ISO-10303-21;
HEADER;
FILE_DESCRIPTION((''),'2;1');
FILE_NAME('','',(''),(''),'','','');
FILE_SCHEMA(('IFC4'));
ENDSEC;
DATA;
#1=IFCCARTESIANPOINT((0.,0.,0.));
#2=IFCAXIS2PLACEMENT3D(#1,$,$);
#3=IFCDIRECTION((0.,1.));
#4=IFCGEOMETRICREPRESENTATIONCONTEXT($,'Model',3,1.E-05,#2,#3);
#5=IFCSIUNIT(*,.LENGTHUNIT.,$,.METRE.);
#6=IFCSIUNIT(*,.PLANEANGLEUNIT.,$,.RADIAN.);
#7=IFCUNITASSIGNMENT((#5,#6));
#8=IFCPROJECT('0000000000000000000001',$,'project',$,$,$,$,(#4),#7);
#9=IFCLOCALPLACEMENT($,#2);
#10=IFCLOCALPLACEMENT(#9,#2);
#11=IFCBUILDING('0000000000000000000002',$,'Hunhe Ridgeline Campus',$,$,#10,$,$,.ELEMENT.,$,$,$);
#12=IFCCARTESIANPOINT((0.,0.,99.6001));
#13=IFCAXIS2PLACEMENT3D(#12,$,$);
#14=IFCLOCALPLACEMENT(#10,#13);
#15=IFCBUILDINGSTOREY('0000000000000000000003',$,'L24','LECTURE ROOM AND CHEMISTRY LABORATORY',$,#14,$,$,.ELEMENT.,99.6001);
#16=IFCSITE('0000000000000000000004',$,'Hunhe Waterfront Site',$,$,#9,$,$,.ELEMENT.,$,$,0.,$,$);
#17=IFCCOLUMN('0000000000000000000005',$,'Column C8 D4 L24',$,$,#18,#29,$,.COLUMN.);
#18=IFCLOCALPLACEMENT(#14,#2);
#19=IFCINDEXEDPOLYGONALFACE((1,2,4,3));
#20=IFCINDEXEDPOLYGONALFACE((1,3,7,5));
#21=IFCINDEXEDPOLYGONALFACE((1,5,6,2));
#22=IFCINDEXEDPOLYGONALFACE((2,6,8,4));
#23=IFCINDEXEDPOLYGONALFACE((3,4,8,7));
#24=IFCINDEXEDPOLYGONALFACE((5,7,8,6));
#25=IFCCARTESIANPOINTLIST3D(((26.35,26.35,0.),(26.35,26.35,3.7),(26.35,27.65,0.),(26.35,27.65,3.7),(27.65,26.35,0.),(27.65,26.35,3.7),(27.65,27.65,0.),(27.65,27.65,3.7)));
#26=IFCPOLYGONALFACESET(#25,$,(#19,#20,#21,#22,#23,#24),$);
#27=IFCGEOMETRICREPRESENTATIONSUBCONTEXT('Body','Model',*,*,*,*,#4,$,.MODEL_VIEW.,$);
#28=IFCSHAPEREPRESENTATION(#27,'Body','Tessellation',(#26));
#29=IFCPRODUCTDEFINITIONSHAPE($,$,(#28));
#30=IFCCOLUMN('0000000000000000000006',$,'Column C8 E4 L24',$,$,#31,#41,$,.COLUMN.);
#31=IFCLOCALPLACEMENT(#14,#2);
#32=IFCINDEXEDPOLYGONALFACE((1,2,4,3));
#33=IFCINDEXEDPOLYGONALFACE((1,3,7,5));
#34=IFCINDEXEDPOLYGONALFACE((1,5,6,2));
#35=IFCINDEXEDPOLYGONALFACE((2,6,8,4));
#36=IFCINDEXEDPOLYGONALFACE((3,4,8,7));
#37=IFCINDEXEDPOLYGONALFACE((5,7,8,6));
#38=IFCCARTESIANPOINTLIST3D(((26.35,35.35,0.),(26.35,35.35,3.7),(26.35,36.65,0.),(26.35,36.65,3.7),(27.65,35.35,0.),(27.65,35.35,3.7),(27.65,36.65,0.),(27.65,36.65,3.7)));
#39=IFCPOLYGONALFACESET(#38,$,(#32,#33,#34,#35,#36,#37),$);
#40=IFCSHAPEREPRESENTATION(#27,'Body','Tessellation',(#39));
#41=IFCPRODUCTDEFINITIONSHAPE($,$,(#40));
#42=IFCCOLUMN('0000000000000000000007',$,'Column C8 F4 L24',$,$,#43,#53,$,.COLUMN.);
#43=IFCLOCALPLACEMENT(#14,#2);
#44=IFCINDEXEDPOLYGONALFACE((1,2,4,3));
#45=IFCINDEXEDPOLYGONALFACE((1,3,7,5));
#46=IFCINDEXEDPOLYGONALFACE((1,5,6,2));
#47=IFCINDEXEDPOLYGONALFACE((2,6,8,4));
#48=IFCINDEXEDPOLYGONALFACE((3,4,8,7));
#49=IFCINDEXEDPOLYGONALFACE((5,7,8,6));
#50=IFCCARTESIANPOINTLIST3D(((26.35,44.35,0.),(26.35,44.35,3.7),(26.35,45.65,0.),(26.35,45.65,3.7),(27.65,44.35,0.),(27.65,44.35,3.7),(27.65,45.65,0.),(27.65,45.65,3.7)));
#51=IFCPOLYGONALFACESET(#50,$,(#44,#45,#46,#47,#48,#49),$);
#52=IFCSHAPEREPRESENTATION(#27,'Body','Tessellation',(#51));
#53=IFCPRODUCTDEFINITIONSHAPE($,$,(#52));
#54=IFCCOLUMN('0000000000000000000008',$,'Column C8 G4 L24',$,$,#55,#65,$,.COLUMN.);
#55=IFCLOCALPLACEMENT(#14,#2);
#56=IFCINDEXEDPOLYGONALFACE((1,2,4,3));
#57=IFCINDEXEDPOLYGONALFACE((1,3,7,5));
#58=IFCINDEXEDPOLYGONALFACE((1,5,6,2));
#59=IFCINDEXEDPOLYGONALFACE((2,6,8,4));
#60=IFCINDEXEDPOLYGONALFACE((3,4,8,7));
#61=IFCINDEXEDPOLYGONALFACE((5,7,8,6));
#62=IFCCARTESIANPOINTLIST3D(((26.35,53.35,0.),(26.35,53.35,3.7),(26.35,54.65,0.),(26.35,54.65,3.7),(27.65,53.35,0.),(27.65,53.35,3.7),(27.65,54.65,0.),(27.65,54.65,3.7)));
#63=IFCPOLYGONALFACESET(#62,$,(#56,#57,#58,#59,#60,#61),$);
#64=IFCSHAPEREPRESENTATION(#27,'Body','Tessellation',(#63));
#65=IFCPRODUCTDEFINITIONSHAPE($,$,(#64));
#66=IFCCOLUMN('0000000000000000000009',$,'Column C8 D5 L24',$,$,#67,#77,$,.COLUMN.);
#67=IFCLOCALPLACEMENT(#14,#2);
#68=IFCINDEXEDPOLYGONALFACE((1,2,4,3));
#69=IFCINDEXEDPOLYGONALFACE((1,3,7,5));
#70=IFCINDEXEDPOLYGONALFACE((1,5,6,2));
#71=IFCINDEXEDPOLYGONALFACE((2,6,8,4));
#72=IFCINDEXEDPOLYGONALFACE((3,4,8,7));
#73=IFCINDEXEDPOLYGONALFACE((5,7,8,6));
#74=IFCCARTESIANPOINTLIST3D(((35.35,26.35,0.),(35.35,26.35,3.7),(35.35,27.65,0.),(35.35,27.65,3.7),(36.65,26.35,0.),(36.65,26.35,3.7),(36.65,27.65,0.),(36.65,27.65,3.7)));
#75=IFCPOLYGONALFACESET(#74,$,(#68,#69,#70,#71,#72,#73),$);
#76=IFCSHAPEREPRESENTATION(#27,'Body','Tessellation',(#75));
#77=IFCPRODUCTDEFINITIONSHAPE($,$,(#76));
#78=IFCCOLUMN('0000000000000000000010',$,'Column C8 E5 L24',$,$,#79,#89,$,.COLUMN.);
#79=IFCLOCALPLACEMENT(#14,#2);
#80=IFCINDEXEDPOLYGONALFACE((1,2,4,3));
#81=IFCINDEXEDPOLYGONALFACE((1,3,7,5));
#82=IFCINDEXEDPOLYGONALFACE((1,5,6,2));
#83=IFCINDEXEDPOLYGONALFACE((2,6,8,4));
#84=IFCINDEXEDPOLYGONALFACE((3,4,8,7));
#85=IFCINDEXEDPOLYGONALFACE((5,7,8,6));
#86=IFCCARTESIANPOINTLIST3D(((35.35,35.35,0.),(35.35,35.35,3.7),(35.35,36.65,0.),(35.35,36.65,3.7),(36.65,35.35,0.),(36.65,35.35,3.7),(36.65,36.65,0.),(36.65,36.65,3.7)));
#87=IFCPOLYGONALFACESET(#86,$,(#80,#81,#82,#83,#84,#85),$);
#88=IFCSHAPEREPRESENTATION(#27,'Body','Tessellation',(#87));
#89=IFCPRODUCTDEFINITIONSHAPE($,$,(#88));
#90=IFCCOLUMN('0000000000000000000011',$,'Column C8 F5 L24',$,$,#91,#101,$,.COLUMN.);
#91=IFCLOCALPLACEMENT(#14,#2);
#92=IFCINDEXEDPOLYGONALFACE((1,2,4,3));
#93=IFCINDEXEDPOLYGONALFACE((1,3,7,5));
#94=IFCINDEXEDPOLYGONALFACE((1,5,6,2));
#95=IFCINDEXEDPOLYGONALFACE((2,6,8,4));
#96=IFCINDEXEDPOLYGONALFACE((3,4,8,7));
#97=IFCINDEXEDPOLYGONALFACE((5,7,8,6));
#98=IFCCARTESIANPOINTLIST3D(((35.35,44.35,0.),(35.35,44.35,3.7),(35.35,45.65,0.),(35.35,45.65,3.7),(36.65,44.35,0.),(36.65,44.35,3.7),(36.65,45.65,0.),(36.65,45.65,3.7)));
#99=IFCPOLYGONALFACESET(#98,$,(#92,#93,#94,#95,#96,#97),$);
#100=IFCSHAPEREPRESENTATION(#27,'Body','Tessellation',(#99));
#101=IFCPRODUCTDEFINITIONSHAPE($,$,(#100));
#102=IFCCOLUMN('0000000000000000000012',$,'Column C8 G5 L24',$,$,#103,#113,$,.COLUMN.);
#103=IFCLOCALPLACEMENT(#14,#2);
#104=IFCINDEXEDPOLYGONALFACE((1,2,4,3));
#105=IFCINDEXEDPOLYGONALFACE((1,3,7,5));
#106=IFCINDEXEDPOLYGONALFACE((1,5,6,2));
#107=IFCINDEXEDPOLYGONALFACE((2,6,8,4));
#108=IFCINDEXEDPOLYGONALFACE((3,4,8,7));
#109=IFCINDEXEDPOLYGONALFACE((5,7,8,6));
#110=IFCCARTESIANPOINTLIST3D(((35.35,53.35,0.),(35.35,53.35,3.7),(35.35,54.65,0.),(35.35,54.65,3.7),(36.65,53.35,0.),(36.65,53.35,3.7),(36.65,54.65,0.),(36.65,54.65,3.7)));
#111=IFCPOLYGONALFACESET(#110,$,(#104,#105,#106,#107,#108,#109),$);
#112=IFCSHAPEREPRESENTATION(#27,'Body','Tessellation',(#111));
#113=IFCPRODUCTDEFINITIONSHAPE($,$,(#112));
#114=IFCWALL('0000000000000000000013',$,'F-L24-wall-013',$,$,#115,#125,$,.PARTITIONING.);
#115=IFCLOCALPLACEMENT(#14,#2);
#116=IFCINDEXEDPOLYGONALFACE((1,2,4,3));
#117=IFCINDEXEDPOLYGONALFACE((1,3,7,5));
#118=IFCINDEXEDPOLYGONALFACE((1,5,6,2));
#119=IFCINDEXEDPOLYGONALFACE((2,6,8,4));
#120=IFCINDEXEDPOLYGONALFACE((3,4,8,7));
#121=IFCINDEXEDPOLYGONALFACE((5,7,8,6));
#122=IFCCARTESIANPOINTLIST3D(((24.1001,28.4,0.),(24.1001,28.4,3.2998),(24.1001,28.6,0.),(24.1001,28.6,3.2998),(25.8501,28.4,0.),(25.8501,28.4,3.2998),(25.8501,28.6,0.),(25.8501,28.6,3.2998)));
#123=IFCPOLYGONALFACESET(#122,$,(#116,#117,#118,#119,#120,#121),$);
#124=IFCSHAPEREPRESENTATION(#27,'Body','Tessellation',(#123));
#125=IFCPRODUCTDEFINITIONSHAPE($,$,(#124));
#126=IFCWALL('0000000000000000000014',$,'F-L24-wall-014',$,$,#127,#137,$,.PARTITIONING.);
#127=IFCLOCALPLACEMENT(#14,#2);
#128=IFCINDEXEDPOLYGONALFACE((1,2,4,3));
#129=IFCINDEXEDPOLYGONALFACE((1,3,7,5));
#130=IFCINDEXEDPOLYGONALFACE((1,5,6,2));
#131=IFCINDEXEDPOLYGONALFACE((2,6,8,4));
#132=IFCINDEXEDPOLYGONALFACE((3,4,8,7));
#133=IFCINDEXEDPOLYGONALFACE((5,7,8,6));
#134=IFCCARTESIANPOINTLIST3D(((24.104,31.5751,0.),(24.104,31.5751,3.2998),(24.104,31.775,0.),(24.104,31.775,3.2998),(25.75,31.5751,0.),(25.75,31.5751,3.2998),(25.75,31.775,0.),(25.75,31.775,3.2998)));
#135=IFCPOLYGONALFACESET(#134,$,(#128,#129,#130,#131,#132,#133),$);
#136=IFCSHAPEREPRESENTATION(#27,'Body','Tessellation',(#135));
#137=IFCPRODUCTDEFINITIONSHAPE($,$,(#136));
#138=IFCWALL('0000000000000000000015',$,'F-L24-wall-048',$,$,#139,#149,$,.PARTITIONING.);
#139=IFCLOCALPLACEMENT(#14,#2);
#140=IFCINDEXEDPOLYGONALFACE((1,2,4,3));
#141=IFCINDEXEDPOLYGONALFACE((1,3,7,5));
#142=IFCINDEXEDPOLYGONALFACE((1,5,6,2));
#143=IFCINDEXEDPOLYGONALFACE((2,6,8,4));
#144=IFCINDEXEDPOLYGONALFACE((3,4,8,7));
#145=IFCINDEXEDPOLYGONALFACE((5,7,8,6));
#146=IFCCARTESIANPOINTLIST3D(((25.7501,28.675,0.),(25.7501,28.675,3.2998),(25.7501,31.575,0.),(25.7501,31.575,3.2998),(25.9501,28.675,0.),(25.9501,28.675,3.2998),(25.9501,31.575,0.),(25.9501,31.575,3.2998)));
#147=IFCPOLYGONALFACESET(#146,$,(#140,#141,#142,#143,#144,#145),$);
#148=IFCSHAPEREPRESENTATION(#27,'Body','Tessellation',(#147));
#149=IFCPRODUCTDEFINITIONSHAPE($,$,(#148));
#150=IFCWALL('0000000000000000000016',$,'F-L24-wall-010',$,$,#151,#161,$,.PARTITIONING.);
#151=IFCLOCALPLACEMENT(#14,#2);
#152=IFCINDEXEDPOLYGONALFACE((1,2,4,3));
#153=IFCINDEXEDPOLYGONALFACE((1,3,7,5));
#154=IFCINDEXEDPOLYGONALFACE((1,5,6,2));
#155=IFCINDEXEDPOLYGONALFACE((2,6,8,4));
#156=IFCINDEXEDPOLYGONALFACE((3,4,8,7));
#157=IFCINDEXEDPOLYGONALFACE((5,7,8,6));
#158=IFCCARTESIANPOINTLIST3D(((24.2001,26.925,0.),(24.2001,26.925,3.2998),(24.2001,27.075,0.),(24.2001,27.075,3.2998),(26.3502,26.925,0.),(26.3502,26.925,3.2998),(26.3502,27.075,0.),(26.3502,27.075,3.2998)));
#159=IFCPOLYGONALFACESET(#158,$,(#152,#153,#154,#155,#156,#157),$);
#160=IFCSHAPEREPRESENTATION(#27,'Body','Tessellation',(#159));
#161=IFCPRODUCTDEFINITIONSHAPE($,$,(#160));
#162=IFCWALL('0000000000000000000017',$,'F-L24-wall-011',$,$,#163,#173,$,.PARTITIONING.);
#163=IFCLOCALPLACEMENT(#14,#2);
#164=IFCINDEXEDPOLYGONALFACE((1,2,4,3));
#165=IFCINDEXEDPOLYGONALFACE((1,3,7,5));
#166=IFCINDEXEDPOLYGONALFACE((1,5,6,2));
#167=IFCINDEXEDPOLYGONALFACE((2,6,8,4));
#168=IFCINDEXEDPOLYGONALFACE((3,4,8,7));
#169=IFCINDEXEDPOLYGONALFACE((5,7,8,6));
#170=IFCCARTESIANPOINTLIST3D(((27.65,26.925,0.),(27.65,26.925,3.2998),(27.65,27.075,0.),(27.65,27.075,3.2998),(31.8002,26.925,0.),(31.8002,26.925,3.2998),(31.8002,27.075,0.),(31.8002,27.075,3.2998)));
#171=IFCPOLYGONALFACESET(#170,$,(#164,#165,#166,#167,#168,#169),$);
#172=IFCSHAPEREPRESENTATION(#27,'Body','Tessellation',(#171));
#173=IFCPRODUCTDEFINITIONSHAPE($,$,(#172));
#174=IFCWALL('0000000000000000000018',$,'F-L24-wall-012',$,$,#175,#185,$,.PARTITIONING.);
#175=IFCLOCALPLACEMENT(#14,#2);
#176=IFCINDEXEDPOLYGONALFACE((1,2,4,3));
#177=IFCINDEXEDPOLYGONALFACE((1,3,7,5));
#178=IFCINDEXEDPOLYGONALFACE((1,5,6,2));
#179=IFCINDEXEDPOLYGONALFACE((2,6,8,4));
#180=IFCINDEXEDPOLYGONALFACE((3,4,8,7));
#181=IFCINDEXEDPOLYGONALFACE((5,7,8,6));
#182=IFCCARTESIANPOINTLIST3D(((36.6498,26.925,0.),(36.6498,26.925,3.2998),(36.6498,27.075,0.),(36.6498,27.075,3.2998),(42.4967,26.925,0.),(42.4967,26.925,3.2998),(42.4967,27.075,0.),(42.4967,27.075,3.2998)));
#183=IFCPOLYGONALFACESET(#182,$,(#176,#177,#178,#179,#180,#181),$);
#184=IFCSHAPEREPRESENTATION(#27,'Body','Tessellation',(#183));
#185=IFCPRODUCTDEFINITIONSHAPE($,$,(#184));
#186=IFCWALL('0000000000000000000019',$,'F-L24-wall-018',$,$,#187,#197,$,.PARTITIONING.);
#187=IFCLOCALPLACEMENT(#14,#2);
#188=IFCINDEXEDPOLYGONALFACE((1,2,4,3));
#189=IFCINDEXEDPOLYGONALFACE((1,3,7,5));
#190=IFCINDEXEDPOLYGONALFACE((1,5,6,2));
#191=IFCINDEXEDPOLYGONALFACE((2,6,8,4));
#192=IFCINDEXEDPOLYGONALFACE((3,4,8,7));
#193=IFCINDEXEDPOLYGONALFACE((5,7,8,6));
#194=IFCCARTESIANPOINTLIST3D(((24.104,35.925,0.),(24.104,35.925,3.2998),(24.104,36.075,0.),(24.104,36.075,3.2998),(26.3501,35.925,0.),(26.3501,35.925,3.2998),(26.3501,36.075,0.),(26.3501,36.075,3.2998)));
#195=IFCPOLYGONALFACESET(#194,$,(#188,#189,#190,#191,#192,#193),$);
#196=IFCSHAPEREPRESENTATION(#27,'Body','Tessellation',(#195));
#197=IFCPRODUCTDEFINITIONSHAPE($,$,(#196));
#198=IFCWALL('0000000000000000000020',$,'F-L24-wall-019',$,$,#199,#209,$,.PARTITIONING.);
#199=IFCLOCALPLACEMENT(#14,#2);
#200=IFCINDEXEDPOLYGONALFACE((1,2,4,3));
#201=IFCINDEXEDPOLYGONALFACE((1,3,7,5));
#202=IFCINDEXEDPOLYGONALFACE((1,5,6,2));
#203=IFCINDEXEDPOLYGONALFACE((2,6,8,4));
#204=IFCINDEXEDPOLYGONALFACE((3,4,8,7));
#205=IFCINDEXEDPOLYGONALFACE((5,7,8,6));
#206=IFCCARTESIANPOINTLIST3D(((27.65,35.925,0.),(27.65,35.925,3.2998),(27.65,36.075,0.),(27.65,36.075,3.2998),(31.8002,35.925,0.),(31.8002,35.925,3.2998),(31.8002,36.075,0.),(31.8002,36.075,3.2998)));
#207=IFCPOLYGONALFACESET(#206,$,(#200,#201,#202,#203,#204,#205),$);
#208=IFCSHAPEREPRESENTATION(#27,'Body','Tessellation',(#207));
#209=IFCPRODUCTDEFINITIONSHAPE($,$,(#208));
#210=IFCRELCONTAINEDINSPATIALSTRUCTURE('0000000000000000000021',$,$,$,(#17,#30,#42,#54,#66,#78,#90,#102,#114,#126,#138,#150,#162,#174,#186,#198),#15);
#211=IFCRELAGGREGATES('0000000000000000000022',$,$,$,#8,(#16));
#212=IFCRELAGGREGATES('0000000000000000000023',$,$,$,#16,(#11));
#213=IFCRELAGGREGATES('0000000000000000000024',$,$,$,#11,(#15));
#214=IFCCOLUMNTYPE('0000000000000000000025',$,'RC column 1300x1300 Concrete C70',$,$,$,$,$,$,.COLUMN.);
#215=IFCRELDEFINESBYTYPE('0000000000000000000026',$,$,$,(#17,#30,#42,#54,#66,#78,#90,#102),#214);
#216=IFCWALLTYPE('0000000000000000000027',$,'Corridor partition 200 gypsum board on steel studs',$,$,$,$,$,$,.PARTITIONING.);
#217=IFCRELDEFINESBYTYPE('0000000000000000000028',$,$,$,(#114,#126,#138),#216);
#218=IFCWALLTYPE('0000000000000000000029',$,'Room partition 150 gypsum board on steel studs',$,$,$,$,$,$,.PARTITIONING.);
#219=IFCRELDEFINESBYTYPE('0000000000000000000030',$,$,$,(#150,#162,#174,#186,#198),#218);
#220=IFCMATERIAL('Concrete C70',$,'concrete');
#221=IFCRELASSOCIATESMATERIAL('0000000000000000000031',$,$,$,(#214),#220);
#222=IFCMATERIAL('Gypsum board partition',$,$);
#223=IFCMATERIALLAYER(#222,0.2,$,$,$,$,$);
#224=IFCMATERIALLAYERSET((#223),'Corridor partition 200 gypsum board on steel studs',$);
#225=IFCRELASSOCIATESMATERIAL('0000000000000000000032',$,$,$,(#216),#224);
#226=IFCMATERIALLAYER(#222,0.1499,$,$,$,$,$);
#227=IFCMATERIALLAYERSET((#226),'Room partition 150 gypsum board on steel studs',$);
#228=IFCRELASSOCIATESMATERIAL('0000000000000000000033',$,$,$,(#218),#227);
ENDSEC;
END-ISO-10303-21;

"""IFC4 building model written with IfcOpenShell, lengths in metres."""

from ifc_helpers import new_model, si_unit, direction, frame, frame_2d, origin, origin_2d, place, context, subcontext, project, spatial, rectangle, extrude, material, layer, layer_set, material_profile, profile_set, type_object, element, save


model = new_model("IFC4")

# Units and contexts
model_context = context("Model", 3, precision=1e-05, world=origin(), true_north=direction((0.0, 1.0)))
body_context = subcontext(model_context, "Body", "Model", "MODEL_VIEW")
ifc_project = project(units=[si_unit("LENGTHUNIT", "METRE"), si_unit("PLANEANGLEUNIT", "RADIAN")], contexts=[model_context])

# Site, building, storey
site_placement = place(None, origin())
site = spatial("IfcSite", under=ifc_project, at=site_placement, Name="Hunhe Waterfront Site", CompositionType="ELEMENT", RefElevation=0.0)
building_placement = place(site_placement, origin())
building = spatial("IfcBuilding", under=site, at=building_placement, Name="Hunhe Ridgeline Campus", CompositionType="ELEMENT")
storey_placement = place(building_placement, frame((0.0, 0.0, 99.6001)))
storey = spatial("IfcBuildingStorey", under=building, at=storey_placement, Name="L24", Description="LECTURE ROOM AND CHEMISTRY LABORATORY", CompositionType="ELEMENT", Elevation=99.6001)

# Columns
ifc_material_1 = material(Name="Concrete C70", Category="concrete")
ifc_material_profile = material_profile(ifc_material_1, rectangle(XDim=1.3, YDim=1.3, at=origin_2d()))
ifc_profile_set = profile_set([ifc_material_profile], Name="Concrete C70")
column_type = type_object("IfcColumnType", Name="RC column 1300x1300 Concrete C70", PredefinedType="COLUMN", material=ifc_profile_set)
for number, where, z_axis, x_axis, name in (
    (1, (27.0, 27.0, 0.0), (0.0, 0.0, 1.0), (1.0, 0.0, 0.0), "Column C8 D4 L24"),
    (2, (27.0, 36.0, 0.0), (0.0, 0.0, 1.0), (1.0, 0.0, 0.0), "Column C8 E4 L24"),
    (3, (27.0, 45.0, 0.0), (0.0, 0.0, 1.0), (1.0, 0.0, 0.0), "Column C8 F4 L24"),
    (4, (27.0, 54.0, 0.0), (0.0, 0.0, 1.0), (1.0, 0.0, 0.0), "Column C8 G4 L24"),
    (5, (36.0, 27.0, 0.0), (0.0, 0.0, 1.0), (1.0, 0.0, 0.0), "Column C8 D5 L24"),
    (6, (36.0, 36.0, 0.0), (0.0, 0.0, 1.0), (1.0, 0.0, 0.0), "Column C8 E5 L24"),
    (7, (36.0, 45.0, 0.0), (0.0, 0.0, 1.0), (1.0, 0.0, 0.0), "Column C8 F5 L24"),
    (8, (36.0, 54.0, 0.0), (0.0, 0.0, 1.0), (1.0, 0.0, 0.0), "Column C8 G5 L24"),
):
    element("IfcColumn", number, at=place(storey_placement, frame(where, z_axis=z_axis, x_axis=x_axis)), inside=storey, type_object=column_type, Name=name, PredefinedType="COLUMN", context=body_context, shape_type="SweptSolid", body=[
        extrude(rectangle(XDim=1.3, YDim=1.3, at=origin_2d()), origin(), (0.0, 0.0, 1.0), 3.7),
    ])

# Walls
ifc_material_2 = material(Name="Gypsum board partition")
ifc_layer_1 = layer(ifc_material_2, 0.2)
ifc_layer_set_1 = layer_set([ifc_layer_1], Name="Corridor partition 200 gypsum board on steel studs")
wall_type_1 = type_object("IfcWallType", Name="Corridor partition 200 gypsum board on steel studs", PredefinedType="PARTITIONING", material=ifc_layer_set_1)
wall_1_placement = place(storey_placement, frame((25.8501, 28.5, 0.0), z_axis=(0.0, 0.0, 1.0), x_axis=(-1.0, 0.0, 0.0)))
element("IfcWall", 9, at=wall_1_placement, inside=storey, type_object=wall_type_1, Name="F-L24-wall-013", PredefinedType="PARTITIONING", context=body_context, shape_type="SweptSolid", body=[
    extrude(rectangle(XDim=1.75, YDim=0.2, at=frame_2d((0.875, 0.0))), origin(), (0.0, 0.0, 1.0), 3.2998),
])
wall_2_placement = place(storey_placement, frame((24.104, 31.675, 0.0), z_axis=(0.0, 0.0, 1.0), x_axis=(1.0, 0.0, 0.0)))
element("IfcWall", 10, at=wall_2_placement, inside=storey, type_object=wall_type_1, Name="F-L24-wall-014", PredefinedType="PARTITIONING", context=body_context, shape_type="SweptSolid", body=[
    extrude(rectangle(XDim=1.646, YDim=0.2, at=frame_2d((0.823, 0.0))), origin(), (0.0, 0.0, 1.0), 3.2998),
])

# Walls
wall_3_placement = place(storey_placement, frame((25.8501, 31.575, 0.0), z_axis=(0.0, 0.0, 1.0), x_axis=(0.0, -1.0, 0.0)))
element("IfcWall", 11, at=wall_3_placement, inside=storey, type_object=wall_type_1, Name="F-L24-wall-048", PredefinedType="PARTITIONING", context=body_context, shape_type="SweptSolid", body=[
    extrude(rectangle(XDim=2.8999, YDim=0.2, at=frame_2d((1.45, 0.0))), origin(), (0.0, 0.0, 1.0), 3.2998),
])
ifc_layer_2 = layer(ifc_material_2, 0.1499)
ifc_layer_set_2 = layer_set([ifc_layer_2], Name="Room partition 150 gypsum board on steel studs")
wall_type_2 = type_object("IfcWallType", Name="Room partition 150 gypsum board on steel studs", PredefinedType="PARTITIONING", material=ifc_layer_set_2)
wall_4_placement = place(storey_placement, frame((24.2, 27.0, 0.0), z_axis=(0.0, 0.0, 1.0), x_axis=(1.0, 0.0, 0.0)))
element("IfcWall", 12, at=wall_4_placement, inside=storey, type_object=wall_type_2, Name="F-L24-wall-010", PredefinedType="PARTITIONING", context=body_context, shape_type="SweptSolid", body=[
    extrude(rectangle(XDim=2.1501, YDim=0.1499, at=frame_2d((1.0752, 0.0))), origin(), (0.0, 0.0, 1.0), 3.2998),
])
wall_5_placement = place(storey_placement, frame((27.6499, 27.0, 0.0), z_axis=(0.0, 0.0, 1.0), x_axis=(1.0, 0.0, 0.0)))
element("IfcWall", 13, at=wall_5_placement, inside=storey, type_object=wall_type_2, Name="F-L24-wall-011", PredefinedType="PARTITIONING", context=body_context, shape_type="SweptSolid", body=[
    extrude(rectangle(XDim=4.1501, YDim=0.1499, at=frame_2d((2.0752, 0.0))), origin(), (0.0, 0.0, 1.0), 3.2998),
])
wall_6_placement = place(storey_placement, frame((36.6499, 27.0, 0.0), z_axis=(0.0, 0.0, 1.0), x_axis=(1.0, 0.0, 0.0)))
element("IfcWall", 14, at=wall_6_placement, inside=storey, type_object=wall_type_2, Name="F-L24-wall-012", PredefinedType="PARTITIONING", context=body_context, shape_type="SweptSolid", body=[
    extrude(rectangle(XDim=5.8469, YDim=0.1499, at=frame_2d((2.9233, 0.0))), origin(), (0.0, 0.0, 1.0), 3.2998),
])
wall_7_placement = place(storey_placement, frame((24.104, 36.0, 0.0), z_axis=(0.0, 0.0, 1.0), x_axis=(1.0, 0.0, 0.0)))
element("IfcWall", 15, at=wall_7_placement, inside=storey, type_object=wall_type_2, Name="F-L24-wall-018", PredefinedType="PARTITIONING", context=body_context, shape_type="SweptSolid", body=[
    extrude(rectangle(XDim=2.2461, YDim=0.1499, at=frame_2d((1.123, 0.0))), origin(), (0.0, 0.0, 1.0), 3.2998),
])
wall_8_placement = place(storey_placement, frame((27.6499, 36.0, 0.0), z_axis=(0.0, 0.0, 1.0), x_axis=(1.0, 0.0, 0.0)))
element("IfcWall", 16, at=wall_8_placement, inside=storey, type_object=wall_type_2, Name="F-L24-wall-019", PredefinedType="PARTITIONING", context=body_context, shape_type="SweptSolid", body=[
    extrude(rectangle(XDim=4.1501, YDim=0.1499, at=frame_2d((2.0752, 0.0))), origin(), (0.0, 0.0, 1.0), 3.2998),
])

save(model, "model.ifc")
